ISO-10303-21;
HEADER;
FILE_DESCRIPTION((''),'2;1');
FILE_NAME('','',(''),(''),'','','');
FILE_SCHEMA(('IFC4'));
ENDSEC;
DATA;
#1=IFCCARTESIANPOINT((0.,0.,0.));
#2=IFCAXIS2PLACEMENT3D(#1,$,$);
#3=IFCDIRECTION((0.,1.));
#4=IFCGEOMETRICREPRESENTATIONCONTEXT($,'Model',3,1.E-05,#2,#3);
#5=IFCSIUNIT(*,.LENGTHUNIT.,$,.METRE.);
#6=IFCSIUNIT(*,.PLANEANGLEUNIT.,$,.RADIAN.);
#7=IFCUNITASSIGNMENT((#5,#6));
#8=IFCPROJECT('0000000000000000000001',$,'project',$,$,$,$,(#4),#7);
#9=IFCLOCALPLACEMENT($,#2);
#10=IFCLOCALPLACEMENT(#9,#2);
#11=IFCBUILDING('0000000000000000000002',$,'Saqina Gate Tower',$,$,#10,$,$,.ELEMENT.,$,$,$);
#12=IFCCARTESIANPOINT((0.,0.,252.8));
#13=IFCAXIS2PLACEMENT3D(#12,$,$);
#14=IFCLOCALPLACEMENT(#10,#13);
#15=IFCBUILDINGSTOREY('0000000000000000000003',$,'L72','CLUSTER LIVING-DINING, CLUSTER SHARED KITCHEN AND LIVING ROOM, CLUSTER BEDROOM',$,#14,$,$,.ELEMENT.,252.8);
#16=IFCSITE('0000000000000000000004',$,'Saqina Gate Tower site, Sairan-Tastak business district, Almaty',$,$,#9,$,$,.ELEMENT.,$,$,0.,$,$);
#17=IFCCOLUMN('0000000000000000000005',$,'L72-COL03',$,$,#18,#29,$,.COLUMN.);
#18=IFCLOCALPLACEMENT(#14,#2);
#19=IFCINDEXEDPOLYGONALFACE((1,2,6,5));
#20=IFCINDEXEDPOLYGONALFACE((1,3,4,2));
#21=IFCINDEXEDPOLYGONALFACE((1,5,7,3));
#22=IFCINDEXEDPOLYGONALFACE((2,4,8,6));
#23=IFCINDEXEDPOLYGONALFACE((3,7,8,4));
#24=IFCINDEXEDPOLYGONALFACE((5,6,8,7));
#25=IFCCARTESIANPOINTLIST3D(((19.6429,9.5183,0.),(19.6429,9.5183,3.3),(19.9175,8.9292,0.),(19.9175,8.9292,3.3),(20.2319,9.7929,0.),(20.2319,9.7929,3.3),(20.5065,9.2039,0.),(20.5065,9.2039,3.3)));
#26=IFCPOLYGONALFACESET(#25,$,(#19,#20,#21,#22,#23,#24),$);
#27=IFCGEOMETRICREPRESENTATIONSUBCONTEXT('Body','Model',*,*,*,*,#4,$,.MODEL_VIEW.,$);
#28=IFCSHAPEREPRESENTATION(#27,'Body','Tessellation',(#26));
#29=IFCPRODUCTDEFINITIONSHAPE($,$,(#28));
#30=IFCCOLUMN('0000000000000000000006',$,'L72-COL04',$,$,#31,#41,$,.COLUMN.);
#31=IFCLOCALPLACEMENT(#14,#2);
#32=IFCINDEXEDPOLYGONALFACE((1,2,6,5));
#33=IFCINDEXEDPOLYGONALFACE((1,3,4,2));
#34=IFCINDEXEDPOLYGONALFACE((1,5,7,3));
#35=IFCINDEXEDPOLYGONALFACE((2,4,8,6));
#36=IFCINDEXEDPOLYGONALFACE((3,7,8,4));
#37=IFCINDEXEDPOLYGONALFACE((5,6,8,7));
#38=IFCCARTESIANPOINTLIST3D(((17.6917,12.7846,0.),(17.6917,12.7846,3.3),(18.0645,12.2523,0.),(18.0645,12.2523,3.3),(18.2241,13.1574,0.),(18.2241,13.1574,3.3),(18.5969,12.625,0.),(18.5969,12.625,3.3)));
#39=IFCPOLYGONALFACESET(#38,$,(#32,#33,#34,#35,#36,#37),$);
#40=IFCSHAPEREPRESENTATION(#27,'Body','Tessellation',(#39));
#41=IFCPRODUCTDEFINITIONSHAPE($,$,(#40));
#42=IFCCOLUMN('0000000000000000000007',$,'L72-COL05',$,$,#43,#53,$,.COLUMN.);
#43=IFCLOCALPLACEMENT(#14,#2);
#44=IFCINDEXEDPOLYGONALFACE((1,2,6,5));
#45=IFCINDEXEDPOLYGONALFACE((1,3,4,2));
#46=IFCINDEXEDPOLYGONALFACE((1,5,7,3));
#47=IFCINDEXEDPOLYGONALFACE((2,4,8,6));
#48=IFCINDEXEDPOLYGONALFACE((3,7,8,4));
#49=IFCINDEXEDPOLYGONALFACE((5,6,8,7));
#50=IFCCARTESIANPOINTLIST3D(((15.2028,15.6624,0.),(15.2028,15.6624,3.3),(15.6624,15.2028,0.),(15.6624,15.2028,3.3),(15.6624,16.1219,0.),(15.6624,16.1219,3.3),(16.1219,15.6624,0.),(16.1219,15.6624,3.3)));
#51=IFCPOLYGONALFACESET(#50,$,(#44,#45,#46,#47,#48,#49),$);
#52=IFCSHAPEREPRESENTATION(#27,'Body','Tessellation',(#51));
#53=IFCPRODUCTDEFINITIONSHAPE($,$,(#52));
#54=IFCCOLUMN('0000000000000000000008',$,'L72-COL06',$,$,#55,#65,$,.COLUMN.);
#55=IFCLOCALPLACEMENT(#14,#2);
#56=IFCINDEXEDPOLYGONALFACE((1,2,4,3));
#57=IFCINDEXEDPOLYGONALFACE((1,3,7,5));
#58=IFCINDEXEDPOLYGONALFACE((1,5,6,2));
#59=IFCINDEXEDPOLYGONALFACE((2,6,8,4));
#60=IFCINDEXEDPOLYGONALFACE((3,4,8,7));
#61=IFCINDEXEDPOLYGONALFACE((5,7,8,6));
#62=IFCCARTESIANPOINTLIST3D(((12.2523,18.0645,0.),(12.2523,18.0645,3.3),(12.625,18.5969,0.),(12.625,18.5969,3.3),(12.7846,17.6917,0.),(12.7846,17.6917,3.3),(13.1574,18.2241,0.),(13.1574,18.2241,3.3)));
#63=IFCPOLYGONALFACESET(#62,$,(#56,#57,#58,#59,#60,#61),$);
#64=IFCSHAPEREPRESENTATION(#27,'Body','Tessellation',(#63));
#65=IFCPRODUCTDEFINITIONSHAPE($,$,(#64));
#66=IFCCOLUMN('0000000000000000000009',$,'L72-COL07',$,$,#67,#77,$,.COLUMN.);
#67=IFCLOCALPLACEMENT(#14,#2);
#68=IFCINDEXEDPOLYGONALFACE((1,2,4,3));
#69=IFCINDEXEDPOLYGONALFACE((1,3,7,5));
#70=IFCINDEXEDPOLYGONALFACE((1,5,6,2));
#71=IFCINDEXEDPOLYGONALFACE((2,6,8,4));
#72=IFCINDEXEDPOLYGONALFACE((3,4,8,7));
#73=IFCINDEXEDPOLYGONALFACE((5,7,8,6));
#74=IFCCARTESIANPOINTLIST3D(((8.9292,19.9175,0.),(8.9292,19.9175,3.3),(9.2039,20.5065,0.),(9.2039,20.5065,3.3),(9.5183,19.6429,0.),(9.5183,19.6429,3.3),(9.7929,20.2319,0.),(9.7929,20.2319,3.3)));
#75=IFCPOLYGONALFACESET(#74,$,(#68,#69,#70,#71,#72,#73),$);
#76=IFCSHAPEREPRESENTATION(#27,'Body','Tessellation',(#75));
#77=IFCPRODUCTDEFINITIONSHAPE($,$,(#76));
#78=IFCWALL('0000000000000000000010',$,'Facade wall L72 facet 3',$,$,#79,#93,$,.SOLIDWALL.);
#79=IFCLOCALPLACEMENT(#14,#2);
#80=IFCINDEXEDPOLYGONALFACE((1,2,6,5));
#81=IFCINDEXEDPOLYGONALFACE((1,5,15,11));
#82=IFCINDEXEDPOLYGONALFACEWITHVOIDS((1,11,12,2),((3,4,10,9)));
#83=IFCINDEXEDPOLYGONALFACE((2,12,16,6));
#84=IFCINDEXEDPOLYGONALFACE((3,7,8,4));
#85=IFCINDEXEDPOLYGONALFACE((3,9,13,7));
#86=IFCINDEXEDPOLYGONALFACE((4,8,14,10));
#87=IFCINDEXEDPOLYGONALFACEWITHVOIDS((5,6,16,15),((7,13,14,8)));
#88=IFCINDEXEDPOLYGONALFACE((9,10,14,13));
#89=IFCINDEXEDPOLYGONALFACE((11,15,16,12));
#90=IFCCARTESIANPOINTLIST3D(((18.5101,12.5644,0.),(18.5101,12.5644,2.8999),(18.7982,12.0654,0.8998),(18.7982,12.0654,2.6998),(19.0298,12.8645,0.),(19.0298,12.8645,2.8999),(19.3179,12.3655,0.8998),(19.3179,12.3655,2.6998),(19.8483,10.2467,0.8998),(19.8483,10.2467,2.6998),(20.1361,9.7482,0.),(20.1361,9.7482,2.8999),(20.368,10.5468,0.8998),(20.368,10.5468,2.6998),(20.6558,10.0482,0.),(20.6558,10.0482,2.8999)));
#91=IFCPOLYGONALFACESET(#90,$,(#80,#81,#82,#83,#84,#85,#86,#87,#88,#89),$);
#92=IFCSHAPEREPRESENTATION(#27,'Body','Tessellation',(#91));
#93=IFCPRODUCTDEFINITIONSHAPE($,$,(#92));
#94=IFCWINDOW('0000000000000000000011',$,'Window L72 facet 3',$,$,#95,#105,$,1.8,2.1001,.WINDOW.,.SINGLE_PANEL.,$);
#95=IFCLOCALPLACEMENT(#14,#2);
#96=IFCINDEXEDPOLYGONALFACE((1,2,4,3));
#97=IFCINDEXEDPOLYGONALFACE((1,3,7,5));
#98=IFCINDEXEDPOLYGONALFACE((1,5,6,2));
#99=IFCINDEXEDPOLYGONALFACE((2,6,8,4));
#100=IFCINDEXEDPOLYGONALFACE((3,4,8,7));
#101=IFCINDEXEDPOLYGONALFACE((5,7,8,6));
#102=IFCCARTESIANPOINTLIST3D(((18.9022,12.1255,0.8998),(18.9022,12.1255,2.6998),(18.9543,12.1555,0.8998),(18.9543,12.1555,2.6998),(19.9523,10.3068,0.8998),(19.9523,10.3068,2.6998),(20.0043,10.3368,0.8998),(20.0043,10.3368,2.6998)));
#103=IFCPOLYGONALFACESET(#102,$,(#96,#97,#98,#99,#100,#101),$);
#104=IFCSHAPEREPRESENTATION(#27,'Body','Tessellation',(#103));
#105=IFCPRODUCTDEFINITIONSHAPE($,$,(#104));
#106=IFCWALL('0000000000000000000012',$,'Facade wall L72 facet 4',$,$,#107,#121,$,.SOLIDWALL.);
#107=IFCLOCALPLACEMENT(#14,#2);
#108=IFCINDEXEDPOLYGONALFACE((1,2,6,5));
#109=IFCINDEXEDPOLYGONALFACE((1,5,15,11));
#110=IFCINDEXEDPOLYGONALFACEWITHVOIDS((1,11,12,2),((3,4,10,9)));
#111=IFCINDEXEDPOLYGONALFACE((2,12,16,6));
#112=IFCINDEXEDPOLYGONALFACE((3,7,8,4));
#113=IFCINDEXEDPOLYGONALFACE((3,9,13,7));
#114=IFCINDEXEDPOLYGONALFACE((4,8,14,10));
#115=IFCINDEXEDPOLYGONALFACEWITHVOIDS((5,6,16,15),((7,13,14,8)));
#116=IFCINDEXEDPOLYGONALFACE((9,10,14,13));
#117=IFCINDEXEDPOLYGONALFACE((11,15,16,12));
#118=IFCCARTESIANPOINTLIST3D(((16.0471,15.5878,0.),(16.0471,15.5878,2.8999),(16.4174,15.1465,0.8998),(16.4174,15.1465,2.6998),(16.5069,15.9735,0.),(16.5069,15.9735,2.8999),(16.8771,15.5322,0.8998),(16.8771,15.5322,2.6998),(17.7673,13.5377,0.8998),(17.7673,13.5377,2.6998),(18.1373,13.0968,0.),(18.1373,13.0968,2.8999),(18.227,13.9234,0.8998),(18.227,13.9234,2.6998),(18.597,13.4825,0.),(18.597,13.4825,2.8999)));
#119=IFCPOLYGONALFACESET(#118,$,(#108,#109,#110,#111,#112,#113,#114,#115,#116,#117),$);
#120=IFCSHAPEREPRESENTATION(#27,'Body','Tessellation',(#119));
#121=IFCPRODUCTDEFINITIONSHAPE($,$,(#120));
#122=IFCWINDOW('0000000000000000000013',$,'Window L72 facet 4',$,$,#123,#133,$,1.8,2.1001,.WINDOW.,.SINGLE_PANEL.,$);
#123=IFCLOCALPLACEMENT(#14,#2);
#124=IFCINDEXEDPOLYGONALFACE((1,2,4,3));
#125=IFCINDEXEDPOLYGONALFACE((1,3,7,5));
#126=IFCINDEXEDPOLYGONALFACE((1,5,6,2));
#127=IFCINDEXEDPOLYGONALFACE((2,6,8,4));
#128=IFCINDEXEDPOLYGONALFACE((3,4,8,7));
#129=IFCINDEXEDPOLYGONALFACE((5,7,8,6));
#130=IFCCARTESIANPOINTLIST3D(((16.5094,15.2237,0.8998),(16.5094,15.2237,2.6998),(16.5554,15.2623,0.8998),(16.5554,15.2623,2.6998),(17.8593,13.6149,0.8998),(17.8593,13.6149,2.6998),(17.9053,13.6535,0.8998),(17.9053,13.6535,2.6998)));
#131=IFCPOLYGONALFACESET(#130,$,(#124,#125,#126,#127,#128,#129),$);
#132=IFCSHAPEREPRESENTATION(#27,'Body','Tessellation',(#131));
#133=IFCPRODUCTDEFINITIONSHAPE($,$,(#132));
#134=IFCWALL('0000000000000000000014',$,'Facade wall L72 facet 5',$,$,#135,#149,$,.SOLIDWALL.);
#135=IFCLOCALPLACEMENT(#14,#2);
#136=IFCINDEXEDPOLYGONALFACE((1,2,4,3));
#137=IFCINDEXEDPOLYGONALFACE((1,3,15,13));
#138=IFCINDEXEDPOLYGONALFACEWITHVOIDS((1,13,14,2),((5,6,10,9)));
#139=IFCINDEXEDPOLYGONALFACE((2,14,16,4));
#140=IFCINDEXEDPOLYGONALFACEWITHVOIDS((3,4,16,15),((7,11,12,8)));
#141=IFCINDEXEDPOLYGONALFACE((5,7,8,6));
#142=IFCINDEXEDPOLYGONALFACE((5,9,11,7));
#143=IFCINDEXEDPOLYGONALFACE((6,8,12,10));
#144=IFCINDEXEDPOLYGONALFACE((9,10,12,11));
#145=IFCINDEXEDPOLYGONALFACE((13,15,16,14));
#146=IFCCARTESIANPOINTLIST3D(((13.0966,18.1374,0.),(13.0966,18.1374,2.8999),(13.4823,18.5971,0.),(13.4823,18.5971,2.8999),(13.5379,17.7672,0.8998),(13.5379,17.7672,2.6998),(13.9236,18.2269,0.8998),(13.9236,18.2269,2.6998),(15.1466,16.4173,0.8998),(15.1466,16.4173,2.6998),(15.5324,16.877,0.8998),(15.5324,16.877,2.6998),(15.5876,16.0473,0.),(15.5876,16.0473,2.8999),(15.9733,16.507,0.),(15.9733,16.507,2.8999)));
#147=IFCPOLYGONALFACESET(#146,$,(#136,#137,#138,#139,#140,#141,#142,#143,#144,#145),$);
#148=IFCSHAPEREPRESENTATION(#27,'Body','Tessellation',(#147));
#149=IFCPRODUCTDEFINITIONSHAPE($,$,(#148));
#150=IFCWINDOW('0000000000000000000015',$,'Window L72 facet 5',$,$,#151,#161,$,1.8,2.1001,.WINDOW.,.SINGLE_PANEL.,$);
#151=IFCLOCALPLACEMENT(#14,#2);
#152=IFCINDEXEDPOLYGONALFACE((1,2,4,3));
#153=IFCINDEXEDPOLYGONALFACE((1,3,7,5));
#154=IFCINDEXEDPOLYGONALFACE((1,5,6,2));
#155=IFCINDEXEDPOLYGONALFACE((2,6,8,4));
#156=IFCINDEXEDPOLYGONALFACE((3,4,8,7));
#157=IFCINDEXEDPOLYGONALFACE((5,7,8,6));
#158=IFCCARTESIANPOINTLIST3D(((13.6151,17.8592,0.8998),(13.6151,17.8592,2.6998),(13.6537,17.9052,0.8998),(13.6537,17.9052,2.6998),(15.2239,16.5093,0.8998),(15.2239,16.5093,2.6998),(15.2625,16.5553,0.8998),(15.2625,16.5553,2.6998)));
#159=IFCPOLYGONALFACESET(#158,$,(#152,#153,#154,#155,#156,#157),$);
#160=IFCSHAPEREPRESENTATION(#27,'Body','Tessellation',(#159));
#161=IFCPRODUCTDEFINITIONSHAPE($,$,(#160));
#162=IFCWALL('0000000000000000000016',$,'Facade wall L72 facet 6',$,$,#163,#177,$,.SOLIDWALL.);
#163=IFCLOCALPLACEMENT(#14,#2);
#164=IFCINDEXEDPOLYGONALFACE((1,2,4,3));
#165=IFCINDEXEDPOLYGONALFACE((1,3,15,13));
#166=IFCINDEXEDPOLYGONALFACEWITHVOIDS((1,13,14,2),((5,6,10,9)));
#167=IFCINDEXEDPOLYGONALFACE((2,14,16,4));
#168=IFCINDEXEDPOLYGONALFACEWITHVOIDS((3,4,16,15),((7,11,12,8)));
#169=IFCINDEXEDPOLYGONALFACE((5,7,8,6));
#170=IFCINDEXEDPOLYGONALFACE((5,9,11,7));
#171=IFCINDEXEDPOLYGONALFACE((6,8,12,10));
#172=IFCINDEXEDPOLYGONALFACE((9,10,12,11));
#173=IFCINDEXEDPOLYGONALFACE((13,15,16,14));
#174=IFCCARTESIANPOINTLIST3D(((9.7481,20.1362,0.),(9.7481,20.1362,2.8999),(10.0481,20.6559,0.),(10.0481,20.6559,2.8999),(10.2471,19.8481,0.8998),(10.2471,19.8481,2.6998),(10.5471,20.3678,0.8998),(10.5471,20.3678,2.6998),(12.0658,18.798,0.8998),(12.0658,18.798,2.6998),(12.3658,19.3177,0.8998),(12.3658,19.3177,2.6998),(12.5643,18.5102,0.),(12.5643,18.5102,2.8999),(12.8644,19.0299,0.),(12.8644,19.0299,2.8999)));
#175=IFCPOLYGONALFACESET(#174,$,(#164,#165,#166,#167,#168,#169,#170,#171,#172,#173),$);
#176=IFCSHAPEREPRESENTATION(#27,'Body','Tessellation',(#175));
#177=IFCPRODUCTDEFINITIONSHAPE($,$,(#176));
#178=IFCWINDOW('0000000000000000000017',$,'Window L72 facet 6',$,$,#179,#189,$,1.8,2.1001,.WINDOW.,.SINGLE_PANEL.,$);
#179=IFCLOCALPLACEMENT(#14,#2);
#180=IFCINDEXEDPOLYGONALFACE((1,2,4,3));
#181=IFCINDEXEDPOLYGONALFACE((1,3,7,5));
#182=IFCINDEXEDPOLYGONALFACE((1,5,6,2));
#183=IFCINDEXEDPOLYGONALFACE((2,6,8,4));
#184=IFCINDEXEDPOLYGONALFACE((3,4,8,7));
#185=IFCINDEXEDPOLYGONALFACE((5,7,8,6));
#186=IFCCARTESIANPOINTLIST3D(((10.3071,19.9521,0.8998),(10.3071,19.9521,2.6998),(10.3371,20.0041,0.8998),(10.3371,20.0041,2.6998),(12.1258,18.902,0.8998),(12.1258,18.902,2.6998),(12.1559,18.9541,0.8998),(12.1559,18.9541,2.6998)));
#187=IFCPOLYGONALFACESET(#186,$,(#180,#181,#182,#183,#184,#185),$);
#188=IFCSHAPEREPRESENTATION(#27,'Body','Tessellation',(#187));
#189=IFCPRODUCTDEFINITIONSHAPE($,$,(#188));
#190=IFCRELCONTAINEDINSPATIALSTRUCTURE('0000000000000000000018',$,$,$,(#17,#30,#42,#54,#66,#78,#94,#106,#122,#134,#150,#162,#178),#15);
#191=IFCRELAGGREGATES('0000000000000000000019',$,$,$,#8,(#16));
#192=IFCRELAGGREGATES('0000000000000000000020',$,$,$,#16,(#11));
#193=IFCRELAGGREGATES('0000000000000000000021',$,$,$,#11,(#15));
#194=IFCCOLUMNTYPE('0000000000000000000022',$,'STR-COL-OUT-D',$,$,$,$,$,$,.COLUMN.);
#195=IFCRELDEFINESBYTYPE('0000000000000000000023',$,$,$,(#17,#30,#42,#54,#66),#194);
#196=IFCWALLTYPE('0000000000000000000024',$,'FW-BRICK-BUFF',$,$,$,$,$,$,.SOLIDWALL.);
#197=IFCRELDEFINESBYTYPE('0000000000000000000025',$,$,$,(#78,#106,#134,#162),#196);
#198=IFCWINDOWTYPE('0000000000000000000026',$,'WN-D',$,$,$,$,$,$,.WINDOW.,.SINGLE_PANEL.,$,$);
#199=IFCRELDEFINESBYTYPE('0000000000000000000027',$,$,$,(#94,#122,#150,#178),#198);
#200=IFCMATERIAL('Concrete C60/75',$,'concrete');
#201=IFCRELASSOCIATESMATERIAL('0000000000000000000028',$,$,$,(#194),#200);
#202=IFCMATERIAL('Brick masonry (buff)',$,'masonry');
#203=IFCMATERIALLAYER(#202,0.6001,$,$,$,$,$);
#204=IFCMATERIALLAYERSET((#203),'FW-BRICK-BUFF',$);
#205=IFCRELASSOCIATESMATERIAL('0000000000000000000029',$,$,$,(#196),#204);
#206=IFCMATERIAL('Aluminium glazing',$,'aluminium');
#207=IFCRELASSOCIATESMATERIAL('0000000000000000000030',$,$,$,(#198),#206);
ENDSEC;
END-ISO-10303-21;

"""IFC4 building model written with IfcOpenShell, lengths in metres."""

from ifc_helpers import new_model, si_unit, direction, frame, frame_2d, origin, origin_2d, place, context, subcontext, project, spatial, rectangle, extrude, material, layer, layer_set, material_profile, profile_set, type_object, element, fill, save


model = new_model("IFC4")

# Units and contexts
model_context = context("Model", 3, precision=1e-05, world=origin(), true_north=direction((0.0, 1.0)))
body_context = subcontext(model_context, "Body", "Model", "MODEL_VIEW")
ifc_project = project(units=[si_unit("LENGTHUNIT", "METRE"), si_unit("PLANEANGLEUNIT", "RADIAN")], contexts=[model_context])

# Site, building, storey
site_placement = place(None, origin())
site = spatial("IfcSite", under=ifc_project, at=site_placement, Name="Saqina Gate Tower site, Sairan-Tastak business district, Almaty", CompositionType="ELEMENT", RefElevation=0.0)
building_placement = place(site_placement, origin())
building = spatial("IfcBuilding", under=site, at=building_placement, Name="Saqina Gate Tower", CompositionType="ELEMENT")
storey_placement = place(building_placement, frame((0.0, 0.0, 252.8)))
storey = spatial("IfcBuildingStorey", under=building, at=storey_placement, Name="L72", Description="CLUSTER LIVING-DINING, CLUSTER SHARED KITCHEN AND LIVING ROOM, CLUSTER BEDROOM", CompositionType="ELEMENT", Elevation=252.8)

# Columns
ifc_material_1 = material(Name="Concrete C60/75", Category="concrete")
ifc_material_profile = material_profile(ifc_material_1, rectangle(XDim=0.6499, YDim=0.6499, at=origin_2d()), Name="RC 650x650")
ifc_profile_set = profile_set([ifc_material_profile], Name="Concrete C60/75")
column_type = type_object("IfcColumnType", Name="STR-COL-OUT-D", PredefinedType="COLUMN", material=ifc_profile_set)
for number, where, z_axis, x_axis, name in (
    (1, (20.0747, 9.3611, 0.0), (0.0, 0.0, 1.0), (0.906308, 0.422618, 0.0), "L72-COL03"),
    (2, (18.1443, 12.7048, 0.0), (0.0, 0.0, 1.0), (0.819152, 0.573576, 0.0), "L72-COL04"),
    (3, (15.6624, 15.6624, 0.0), (0.0, 0.0, 1.0), (0.707107, 0.707107, 0.0), "L72-COL05"),
    (4, (12.7048, 18.1443, 0.0), (0.0, 0.0, 1.0), (0.573576, 0.819152, 0.0), "L72-COL06"),
    (5, (9.3611, 20.0747, 0.0), (0.0, 0.0, 1.0), (0.422618, 0.906308, 0.0), "L72-COL07"),
):
    element("IfcColumn", number, at=place(storey_placement, frame(where, z_axis=z_axis, x_axis=x_axis)), inside=storey, type_object=column_type, Name=name, PredefinedType="COLUMN", context=body_context, shape_type="SweptSolid", body=[
        extrude(rectangle(XDim=0.6499, YDim=0.6499, at=origin_2d()), origin(), (0.0, 0.0, 1.0), 3.3),
    ])

# Walls, openings, windows
ifc_material_2 = material(Name="Brick masonry (buff)", Category="masonry")
ifc_layer_1 = layer(ifc_material_2, 0.6001)
ifc_layer_set_1 = layer_set([ifc_layer_1], Name="FW-BRICK-BUFF")
wall_type_1 = type_object("IfcWallType", Name="FW-BRICK-BUFF", PredefinedType="SOLIDWALL", material=ifc_layer_set_1)
wall_1_placement = place(storey_placement, frame((20.396, 9.8982, 0.0), z_axis=(0.0, 0.0, 1.0), x_axis=(-0.500015, 0.866017, 0.0)))
wall_1 = element("IfcWall", 6, at=wall_1_placement, inside=storey, type_object=wall_type_1, Name="Facade wall L72 facet 3", PredefinedType="SOLIDWALL", context=body_context, shape_type="SweptSolid", body=[
    extrude(rectangle(XDim=3.252, YDim=0.6001, at=frame_2d((1.626, 0.0))), origin(), (0.0, 0.0, 1.0), 2.8999),
])
opening_1_placement = place(wall_1_placement, frame((0.5757, 0.0, 0.8999)))
opening_1 = element("IfcOpeningElement", 7, at=opening_1_placement, cuts=wall_1, PredefinedType="OPENING", context=body_context, shape_type="SweptSolid", body=[
    extrude(rectangle(XDim=2.1001, YDim=1.8, at=frame_2d((1.05, 0.8999))), frame((0.0, 0.312, 0.0), z_axis=(0.0, -1.0, 0.0), x_axis=(1.0, 0.0, 0.0)), (0.0, 0.0, 1.0), 0.624),
])
ifc_material_3 = material(Name="Aluminium glazing", Category="aluminium")
window_type = type_object("IfcWindowType", Name="WN-D", PartitioningType="SINGLE_PANEL", PredefinedType="WINDOW", material=ifc_material_3)
window_1_placement = place(opening_1_placement, origin())
window_1 = element("IfcWindow", 8, at=window_1_placement, inside=storey, type_object=window_type, Name="Window L72 facet 3", OverallHeight=1.8, OverallWidth=2.1001, PartitioningType="SINGLE_PANEL", PredefinedType="WINDOW", context=body_context, shape_type="SweptSolid", body=[
    extrude(rectangle(XDim=2.1001, YDim=1.8, at=frame_2d((1.05, 0.8999))), frame((0.0, 0.1799, 0.0), z_axis=(0.0, -1.0, 0.0), x_axis=(1.0, 0.0, 0.0)), (0.0, 0.0, 1.0), 0.0601),
])
fill(opening_1, window_1)
wall_2_placement = place(storey_placement, frame((18.3672, 13.2896, 0.0), z_axis=(0.0, 0.0, 1.0), x_axis=(-0.642773, 0.766057, 0.0)))
wall_2 = element("IfcWall", 9, at=wall_2_placement, inside=storey, type_object=wall_type_1, Name="Facade wall L72 facet 4", PredefinedType="SOLIDWALL", context=body_context, shape_type="SweptSolid", body=[
    extrude(rectangle(XDim=3.2517, YDim=0.6001, at=frame_2d((1.626, 0.0))), origin(), (0.0, 0.0, 1.0), 2.8999),
])
opening_2_placement = place(wall_2_placement, frame((0.5757, 0.0, 0.8999)))
opening_2 = element("IfcOpeningElement", 10, at=opening_2_placement, cuts=wall_2, PredefinedType="OPENING", context=body_context, shape_type="SweptSolid", body=[
    extrude(rectangle(XDim=2.1001, YDim=1.8, at=frame_2d((1.05, 0.8999))), frame((0.0, 0.312, 0.0), z_axis=(0.0, -1.0, 0.0), x_axis=(1.0, 0.0, 0.0)), (0.0, 0.0, 1.0), 0.624),
])
window_2_placement = place(opening_2_placement, origin())
window_2 = element("IfcWindow", 11, at=window_2_placement, inside=storey, type_object=window_type, Name="Window L72 facet 4", OverallHeight=1.8, OverallWidth=2.1001, PartitioningType="SINGLE_PANEL", PredefinedType="WINDOW", context=body_context, shape_type="SweptSolid", body=[
    extrude(rectangle(XDim=2.1001, YDim=1.8, at=frame_2d((1.05, 0.8999))), frame((0.0, 0.1799, 0.0), z_axis=(0.0, -1.0, 0.0), x_axis=(1.0, 0.0, 0.0)), (0.0, 0.0, 1.0), 0.0601),
])
fill(opening_2, window_2)
wall_3_placement = place(storey_placement, frame((15.7805, 16.2771, 0.0), z_axis=(0.0, 0.0, 1.0), x_axis=(-0.766057, 0.642773, 0.0)))
wall_3 = element("IfcWall", 12, at=wall_3_placement, inside=storey, type_object=wall_type_1, Name="Facade wall L72 facet 5", PredefinedType="SOLIDWALL", context=body_context, shape_type="SweptSolid", body=[
    extrude(rectangle(XDim=3.2517, YDim=0.6001, at=frame_2d((1.626, 0.0))), origin(), (0.0, 0.0, 1.0), 2.8999),
])
opening_3_placement = place(wall_3_placement, frame((0.5757, 0.0, 0.8999)))
opening_3 = element("IfcOpeningElement", 13, at=opening_3_placement, cuts=wall_3, PredefinedType="OPENING", context=body_context, shape_type="SweptSolid", body=[
    extrude(rectangle(XDim=2.1001, YDim=1.8, at=frame_2d((1.05, 0.8999))), frame((0.0, 0.312, 0.0), z_axis=(0.0, -1.0, 0.0), x_axis=(1.0, 0.0, 0.0)), (0.0, 0.0, 1.0), 0.624),
])
window_3_placement = place(opening_3_placement, origin())
window_3 = element("IfcWindow", 14, at=window_3_placement, inside=storey, type_object=window_type, Name="Window L72 facet 5", OverallHeight=1.8, OverallWidth=2.1001, PartitioningType="SINGLE_PANEL", PredefinedType="WINDOW", context=body_context, shape_type="SweptSolid", body=[
    extrude(rectangle(XDim=2.1001, YDim=1.8, at=frame_2d((1.05, 0.8999))), frame((0.0, 0.1799, 0.0), z_axis=(0.0, -1.0, 0.0), x_axis=(1.0, 0.0, 0.0)), (0.0, 0.0, 1.0), 0.0601),
])
fill(opening_3, window_3)
wall_4_placement = place(storey_placement, frame((12.7144, 18.77, 0.0), z_axis=(0.0, 0.0, 1.0), x_axis=(-0.866017, 0.500015, 0.0)))
wall_4 = element("IfcWall", 15, at=wall_4_placement, inside=storey, type_object=wall_type_1, Name="Facade wall L72 facet 6", PredefinedType="SOLIDWALL", context=body_context, shape_type="SweptSolid", body=[
    extrude(rectangle(XDim=3.252, YDim=0.6001, at=frame_2d((1.626, 0.0))), origin(), (0.0, 0.0, 1.0), 2.8999),
])
opening_4_placement = place(wall_4_placement, frame((0.5757, 0.0, 0.8999)))
opening_4 = element("IfcOpeningElement", 16, at=opening_4_placement, cuts=wall_4, PredefinedType="OPENING", context=body_context, shape_type="SweptSolid", body=[
    extrude(rectangle(XDim=2.1001, YDim=1.8, at=frame_2d((1.05, 0.8999))), frame((0.0, 0.312, 0.0), z_axis=(0.0, -1.0, 0.0), x_axis=(1.0, 0.0, 0.0)), (0.0, 0.0, 1.0), 0.624),
])
window_4_placement = place(opening_4_placement, origin())
window_4 = element("IfcWindow", 17, at=window_4_placement, inside=storey, type_object=window_type, Name="Window L72 facet 6", OverallHeight=1.8, OverallWidth=2.1001, PartitioningType="SINGLE_PANEL", PredefinedType="WINDOW", context=body_context, shape_type="SweptSolid", body=[
    extrude(rectangle(XDim=2.1001, YDim=1.8, at=frame_2d((1.05, 0.8999))), frame((0.0, 0.1799, 0.0), z_axis=(0.0, -1.0, 0.0), x_axis=(1.0, 0.0, 0.0)), (0.0, 0.0, 1.0), 0.0601),
])
fill(opening_4, window_4)

save(model, "model.ifc")
